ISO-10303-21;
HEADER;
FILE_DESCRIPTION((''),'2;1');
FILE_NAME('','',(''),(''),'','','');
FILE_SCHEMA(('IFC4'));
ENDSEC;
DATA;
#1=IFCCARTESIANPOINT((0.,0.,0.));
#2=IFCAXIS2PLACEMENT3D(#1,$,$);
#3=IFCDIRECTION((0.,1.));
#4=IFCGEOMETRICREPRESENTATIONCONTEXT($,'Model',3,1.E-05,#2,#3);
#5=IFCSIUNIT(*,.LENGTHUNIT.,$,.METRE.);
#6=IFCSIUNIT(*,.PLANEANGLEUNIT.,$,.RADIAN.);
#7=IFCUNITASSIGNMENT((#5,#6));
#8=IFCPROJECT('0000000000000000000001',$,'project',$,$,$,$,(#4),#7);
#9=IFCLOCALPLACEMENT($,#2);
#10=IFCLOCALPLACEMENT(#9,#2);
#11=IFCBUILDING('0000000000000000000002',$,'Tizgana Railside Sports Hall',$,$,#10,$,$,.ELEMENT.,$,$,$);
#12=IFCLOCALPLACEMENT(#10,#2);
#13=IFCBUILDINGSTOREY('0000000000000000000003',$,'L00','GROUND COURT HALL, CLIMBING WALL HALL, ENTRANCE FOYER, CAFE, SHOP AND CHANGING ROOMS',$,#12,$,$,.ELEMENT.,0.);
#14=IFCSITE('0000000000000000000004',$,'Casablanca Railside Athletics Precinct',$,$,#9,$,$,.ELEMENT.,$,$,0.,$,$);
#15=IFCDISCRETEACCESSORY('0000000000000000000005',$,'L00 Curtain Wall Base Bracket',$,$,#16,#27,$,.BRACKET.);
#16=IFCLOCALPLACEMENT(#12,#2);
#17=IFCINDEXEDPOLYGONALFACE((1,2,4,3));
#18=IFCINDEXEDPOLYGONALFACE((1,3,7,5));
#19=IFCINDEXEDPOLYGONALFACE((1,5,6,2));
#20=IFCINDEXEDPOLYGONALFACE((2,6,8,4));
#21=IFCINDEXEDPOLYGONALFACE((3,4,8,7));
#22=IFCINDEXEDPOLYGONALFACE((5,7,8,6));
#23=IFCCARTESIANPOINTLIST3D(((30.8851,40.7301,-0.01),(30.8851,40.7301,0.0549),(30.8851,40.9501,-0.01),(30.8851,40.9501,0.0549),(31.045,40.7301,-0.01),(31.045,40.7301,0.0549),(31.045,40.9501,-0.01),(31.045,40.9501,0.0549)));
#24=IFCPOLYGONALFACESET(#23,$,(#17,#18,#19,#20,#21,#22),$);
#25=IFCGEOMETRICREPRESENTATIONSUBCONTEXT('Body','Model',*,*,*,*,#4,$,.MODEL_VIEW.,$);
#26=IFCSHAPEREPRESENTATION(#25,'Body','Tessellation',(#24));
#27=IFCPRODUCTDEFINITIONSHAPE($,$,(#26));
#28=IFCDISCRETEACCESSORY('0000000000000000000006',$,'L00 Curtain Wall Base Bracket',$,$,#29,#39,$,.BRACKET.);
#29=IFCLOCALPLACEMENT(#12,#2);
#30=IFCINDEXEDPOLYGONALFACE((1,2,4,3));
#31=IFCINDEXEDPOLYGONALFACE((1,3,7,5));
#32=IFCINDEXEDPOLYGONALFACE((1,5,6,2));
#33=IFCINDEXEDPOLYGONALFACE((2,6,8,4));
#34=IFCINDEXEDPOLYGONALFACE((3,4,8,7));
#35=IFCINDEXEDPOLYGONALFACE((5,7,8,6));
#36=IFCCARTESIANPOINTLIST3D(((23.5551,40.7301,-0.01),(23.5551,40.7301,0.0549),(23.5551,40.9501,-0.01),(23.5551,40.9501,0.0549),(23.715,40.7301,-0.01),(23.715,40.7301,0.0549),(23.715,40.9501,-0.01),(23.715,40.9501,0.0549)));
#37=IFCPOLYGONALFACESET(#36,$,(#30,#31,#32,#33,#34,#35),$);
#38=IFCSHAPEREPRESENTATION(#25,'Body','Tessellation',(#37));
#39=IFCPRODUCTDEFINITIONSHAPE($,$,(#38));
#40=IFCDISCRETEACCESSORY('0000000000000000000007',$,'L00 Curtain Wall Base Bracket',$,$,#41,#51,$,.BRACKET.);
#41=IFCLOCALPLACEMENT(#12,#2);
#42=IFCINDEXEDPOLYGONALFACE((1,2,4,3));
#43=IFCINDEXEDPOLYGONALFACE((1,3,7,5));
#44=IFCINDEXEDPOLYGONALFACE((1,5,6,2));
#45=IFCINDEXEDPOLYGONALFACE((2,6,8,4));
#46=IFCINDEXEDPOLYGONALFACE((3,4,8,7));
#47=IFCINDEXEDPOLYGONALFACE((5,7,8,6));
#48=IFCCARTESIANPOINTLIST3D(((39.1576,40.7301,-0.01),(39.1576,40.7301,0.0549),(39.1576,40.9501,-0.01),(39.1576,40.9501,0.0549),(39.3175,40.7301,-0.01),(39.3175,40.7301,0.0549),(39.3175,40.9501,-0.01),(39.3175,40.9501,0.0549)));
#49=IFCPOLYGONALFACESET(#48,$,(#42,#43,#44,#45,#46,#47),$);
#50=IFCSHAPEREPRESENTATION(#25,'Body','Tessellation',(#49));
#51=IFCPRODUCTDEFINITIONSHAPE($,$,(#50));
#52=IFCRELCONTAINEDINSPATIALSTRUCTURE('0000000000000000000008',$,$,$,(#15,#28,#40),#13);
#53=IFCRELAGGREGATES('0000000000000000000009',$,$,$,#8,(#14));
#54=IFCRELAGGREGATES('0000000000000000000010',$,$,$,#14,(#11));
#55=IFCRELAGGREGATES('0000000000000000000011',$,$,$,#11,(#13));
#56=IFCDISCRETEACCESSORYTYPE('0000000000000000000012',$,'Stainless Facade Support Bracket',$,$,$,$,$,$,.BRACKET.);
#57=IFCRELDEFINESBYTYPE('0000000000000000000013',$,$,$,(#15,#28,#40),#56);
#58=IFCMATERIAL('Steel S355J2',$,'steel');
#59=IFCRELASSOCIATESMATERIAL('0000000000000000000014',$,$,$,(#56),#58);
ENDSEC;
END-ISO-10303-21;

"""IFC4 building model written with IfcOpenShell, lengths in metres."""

from ifc_helpers import new_model, si_unit, direction, frame, origin, origin_2d, place, context, subcontext, project, spatial, rectangle, extrude, material, type_object, element, save


model = new_model("IFC4")

# Units and contexts
model_context = context("Model", 3, precision=1e-05, world=origin(), true_north=direction((0.0, 1.0)))
body_context = subcontext(model_context, "Body", "Model", "MODEL_VIEW")
ifc_project = project(units=[si_unit("LENGTHUNIT", "METRE"), si_unit("PLANEANGLEUNIT", "RADIAN")], contexts=[model_context])

# Site, building, storey
site_placement = place(None, origin())
site = spatial("IfcSite", under=ifc_project, at=site_placement, Name="Casablanca Railside Athletics Precinct", CompositionType="ELEMENT", RefElevation=0.0)
building_placement = place(site_placement, origin())
building = spatial("IfcBuilding", under=site, at=building_placement, Name="Tizgana Railside Sports Hall", CompositionType="ELEMENT")
storey_placement = place(building_placement, origin())
storey = spatial("IfcBuildingStorey", under=building, at=storey_placement, Name="L00", Description="GROUND COURT HALL, CLIMBING WALL HALL, ENTRANCE FOYER, CAFE, SHOP AND CHANGING ROOMS", CompositionType="ELEMENT", Elevation=0.0)

# Shared definitions
ifc_material_1 = material(Name="Steel S355J2", Category="steel")

# Discrete accessories
discrete_accessory_type = type_object("IfcDiscreteAccessoryType", Name="Stainless Facade Support Bracket", PredefinedType="BRACKET", material=ifc_material_1)
for number, where, z_axis, x_axis, name in (
    (1, (30.9651, 40.8401, -0.01), (0.0, 0.0, 1.0), (-1.0, 0.0, 0.0), "L00 Curtain Wall Base Bracket"),
    (2, (23.635, 40.8401, -0.01), (0.0, 0.0, 1.0), (-1.0, 0.0, 0.0), "L00 Curtain Wall Base Bracket"),
    (3, (39.2375, 40.8401, -0.01), (0.0, 0.0, 1.0), (-1.0, 0.0, 0.0), "L00 Curtain Wall Base Bracket"),
):
    element("IfcDiscreteAccessory", number, at=place(storey_placement, frame(where, z_axis=z_axis, x_axis=x_axis)), inside=storey, type_object=discrete_accessory_type, Name=name, PredefinedType="BRACKET", context=body_context, shape_type="SweptSolid", body=[
        extrude(rectangle(XDim=0.1599, YDim=0.22, at=origin_2d()), origin(), (0.0, 0.0, 1.0), 0.0649),
    ])

save(model, "model.ifc")
